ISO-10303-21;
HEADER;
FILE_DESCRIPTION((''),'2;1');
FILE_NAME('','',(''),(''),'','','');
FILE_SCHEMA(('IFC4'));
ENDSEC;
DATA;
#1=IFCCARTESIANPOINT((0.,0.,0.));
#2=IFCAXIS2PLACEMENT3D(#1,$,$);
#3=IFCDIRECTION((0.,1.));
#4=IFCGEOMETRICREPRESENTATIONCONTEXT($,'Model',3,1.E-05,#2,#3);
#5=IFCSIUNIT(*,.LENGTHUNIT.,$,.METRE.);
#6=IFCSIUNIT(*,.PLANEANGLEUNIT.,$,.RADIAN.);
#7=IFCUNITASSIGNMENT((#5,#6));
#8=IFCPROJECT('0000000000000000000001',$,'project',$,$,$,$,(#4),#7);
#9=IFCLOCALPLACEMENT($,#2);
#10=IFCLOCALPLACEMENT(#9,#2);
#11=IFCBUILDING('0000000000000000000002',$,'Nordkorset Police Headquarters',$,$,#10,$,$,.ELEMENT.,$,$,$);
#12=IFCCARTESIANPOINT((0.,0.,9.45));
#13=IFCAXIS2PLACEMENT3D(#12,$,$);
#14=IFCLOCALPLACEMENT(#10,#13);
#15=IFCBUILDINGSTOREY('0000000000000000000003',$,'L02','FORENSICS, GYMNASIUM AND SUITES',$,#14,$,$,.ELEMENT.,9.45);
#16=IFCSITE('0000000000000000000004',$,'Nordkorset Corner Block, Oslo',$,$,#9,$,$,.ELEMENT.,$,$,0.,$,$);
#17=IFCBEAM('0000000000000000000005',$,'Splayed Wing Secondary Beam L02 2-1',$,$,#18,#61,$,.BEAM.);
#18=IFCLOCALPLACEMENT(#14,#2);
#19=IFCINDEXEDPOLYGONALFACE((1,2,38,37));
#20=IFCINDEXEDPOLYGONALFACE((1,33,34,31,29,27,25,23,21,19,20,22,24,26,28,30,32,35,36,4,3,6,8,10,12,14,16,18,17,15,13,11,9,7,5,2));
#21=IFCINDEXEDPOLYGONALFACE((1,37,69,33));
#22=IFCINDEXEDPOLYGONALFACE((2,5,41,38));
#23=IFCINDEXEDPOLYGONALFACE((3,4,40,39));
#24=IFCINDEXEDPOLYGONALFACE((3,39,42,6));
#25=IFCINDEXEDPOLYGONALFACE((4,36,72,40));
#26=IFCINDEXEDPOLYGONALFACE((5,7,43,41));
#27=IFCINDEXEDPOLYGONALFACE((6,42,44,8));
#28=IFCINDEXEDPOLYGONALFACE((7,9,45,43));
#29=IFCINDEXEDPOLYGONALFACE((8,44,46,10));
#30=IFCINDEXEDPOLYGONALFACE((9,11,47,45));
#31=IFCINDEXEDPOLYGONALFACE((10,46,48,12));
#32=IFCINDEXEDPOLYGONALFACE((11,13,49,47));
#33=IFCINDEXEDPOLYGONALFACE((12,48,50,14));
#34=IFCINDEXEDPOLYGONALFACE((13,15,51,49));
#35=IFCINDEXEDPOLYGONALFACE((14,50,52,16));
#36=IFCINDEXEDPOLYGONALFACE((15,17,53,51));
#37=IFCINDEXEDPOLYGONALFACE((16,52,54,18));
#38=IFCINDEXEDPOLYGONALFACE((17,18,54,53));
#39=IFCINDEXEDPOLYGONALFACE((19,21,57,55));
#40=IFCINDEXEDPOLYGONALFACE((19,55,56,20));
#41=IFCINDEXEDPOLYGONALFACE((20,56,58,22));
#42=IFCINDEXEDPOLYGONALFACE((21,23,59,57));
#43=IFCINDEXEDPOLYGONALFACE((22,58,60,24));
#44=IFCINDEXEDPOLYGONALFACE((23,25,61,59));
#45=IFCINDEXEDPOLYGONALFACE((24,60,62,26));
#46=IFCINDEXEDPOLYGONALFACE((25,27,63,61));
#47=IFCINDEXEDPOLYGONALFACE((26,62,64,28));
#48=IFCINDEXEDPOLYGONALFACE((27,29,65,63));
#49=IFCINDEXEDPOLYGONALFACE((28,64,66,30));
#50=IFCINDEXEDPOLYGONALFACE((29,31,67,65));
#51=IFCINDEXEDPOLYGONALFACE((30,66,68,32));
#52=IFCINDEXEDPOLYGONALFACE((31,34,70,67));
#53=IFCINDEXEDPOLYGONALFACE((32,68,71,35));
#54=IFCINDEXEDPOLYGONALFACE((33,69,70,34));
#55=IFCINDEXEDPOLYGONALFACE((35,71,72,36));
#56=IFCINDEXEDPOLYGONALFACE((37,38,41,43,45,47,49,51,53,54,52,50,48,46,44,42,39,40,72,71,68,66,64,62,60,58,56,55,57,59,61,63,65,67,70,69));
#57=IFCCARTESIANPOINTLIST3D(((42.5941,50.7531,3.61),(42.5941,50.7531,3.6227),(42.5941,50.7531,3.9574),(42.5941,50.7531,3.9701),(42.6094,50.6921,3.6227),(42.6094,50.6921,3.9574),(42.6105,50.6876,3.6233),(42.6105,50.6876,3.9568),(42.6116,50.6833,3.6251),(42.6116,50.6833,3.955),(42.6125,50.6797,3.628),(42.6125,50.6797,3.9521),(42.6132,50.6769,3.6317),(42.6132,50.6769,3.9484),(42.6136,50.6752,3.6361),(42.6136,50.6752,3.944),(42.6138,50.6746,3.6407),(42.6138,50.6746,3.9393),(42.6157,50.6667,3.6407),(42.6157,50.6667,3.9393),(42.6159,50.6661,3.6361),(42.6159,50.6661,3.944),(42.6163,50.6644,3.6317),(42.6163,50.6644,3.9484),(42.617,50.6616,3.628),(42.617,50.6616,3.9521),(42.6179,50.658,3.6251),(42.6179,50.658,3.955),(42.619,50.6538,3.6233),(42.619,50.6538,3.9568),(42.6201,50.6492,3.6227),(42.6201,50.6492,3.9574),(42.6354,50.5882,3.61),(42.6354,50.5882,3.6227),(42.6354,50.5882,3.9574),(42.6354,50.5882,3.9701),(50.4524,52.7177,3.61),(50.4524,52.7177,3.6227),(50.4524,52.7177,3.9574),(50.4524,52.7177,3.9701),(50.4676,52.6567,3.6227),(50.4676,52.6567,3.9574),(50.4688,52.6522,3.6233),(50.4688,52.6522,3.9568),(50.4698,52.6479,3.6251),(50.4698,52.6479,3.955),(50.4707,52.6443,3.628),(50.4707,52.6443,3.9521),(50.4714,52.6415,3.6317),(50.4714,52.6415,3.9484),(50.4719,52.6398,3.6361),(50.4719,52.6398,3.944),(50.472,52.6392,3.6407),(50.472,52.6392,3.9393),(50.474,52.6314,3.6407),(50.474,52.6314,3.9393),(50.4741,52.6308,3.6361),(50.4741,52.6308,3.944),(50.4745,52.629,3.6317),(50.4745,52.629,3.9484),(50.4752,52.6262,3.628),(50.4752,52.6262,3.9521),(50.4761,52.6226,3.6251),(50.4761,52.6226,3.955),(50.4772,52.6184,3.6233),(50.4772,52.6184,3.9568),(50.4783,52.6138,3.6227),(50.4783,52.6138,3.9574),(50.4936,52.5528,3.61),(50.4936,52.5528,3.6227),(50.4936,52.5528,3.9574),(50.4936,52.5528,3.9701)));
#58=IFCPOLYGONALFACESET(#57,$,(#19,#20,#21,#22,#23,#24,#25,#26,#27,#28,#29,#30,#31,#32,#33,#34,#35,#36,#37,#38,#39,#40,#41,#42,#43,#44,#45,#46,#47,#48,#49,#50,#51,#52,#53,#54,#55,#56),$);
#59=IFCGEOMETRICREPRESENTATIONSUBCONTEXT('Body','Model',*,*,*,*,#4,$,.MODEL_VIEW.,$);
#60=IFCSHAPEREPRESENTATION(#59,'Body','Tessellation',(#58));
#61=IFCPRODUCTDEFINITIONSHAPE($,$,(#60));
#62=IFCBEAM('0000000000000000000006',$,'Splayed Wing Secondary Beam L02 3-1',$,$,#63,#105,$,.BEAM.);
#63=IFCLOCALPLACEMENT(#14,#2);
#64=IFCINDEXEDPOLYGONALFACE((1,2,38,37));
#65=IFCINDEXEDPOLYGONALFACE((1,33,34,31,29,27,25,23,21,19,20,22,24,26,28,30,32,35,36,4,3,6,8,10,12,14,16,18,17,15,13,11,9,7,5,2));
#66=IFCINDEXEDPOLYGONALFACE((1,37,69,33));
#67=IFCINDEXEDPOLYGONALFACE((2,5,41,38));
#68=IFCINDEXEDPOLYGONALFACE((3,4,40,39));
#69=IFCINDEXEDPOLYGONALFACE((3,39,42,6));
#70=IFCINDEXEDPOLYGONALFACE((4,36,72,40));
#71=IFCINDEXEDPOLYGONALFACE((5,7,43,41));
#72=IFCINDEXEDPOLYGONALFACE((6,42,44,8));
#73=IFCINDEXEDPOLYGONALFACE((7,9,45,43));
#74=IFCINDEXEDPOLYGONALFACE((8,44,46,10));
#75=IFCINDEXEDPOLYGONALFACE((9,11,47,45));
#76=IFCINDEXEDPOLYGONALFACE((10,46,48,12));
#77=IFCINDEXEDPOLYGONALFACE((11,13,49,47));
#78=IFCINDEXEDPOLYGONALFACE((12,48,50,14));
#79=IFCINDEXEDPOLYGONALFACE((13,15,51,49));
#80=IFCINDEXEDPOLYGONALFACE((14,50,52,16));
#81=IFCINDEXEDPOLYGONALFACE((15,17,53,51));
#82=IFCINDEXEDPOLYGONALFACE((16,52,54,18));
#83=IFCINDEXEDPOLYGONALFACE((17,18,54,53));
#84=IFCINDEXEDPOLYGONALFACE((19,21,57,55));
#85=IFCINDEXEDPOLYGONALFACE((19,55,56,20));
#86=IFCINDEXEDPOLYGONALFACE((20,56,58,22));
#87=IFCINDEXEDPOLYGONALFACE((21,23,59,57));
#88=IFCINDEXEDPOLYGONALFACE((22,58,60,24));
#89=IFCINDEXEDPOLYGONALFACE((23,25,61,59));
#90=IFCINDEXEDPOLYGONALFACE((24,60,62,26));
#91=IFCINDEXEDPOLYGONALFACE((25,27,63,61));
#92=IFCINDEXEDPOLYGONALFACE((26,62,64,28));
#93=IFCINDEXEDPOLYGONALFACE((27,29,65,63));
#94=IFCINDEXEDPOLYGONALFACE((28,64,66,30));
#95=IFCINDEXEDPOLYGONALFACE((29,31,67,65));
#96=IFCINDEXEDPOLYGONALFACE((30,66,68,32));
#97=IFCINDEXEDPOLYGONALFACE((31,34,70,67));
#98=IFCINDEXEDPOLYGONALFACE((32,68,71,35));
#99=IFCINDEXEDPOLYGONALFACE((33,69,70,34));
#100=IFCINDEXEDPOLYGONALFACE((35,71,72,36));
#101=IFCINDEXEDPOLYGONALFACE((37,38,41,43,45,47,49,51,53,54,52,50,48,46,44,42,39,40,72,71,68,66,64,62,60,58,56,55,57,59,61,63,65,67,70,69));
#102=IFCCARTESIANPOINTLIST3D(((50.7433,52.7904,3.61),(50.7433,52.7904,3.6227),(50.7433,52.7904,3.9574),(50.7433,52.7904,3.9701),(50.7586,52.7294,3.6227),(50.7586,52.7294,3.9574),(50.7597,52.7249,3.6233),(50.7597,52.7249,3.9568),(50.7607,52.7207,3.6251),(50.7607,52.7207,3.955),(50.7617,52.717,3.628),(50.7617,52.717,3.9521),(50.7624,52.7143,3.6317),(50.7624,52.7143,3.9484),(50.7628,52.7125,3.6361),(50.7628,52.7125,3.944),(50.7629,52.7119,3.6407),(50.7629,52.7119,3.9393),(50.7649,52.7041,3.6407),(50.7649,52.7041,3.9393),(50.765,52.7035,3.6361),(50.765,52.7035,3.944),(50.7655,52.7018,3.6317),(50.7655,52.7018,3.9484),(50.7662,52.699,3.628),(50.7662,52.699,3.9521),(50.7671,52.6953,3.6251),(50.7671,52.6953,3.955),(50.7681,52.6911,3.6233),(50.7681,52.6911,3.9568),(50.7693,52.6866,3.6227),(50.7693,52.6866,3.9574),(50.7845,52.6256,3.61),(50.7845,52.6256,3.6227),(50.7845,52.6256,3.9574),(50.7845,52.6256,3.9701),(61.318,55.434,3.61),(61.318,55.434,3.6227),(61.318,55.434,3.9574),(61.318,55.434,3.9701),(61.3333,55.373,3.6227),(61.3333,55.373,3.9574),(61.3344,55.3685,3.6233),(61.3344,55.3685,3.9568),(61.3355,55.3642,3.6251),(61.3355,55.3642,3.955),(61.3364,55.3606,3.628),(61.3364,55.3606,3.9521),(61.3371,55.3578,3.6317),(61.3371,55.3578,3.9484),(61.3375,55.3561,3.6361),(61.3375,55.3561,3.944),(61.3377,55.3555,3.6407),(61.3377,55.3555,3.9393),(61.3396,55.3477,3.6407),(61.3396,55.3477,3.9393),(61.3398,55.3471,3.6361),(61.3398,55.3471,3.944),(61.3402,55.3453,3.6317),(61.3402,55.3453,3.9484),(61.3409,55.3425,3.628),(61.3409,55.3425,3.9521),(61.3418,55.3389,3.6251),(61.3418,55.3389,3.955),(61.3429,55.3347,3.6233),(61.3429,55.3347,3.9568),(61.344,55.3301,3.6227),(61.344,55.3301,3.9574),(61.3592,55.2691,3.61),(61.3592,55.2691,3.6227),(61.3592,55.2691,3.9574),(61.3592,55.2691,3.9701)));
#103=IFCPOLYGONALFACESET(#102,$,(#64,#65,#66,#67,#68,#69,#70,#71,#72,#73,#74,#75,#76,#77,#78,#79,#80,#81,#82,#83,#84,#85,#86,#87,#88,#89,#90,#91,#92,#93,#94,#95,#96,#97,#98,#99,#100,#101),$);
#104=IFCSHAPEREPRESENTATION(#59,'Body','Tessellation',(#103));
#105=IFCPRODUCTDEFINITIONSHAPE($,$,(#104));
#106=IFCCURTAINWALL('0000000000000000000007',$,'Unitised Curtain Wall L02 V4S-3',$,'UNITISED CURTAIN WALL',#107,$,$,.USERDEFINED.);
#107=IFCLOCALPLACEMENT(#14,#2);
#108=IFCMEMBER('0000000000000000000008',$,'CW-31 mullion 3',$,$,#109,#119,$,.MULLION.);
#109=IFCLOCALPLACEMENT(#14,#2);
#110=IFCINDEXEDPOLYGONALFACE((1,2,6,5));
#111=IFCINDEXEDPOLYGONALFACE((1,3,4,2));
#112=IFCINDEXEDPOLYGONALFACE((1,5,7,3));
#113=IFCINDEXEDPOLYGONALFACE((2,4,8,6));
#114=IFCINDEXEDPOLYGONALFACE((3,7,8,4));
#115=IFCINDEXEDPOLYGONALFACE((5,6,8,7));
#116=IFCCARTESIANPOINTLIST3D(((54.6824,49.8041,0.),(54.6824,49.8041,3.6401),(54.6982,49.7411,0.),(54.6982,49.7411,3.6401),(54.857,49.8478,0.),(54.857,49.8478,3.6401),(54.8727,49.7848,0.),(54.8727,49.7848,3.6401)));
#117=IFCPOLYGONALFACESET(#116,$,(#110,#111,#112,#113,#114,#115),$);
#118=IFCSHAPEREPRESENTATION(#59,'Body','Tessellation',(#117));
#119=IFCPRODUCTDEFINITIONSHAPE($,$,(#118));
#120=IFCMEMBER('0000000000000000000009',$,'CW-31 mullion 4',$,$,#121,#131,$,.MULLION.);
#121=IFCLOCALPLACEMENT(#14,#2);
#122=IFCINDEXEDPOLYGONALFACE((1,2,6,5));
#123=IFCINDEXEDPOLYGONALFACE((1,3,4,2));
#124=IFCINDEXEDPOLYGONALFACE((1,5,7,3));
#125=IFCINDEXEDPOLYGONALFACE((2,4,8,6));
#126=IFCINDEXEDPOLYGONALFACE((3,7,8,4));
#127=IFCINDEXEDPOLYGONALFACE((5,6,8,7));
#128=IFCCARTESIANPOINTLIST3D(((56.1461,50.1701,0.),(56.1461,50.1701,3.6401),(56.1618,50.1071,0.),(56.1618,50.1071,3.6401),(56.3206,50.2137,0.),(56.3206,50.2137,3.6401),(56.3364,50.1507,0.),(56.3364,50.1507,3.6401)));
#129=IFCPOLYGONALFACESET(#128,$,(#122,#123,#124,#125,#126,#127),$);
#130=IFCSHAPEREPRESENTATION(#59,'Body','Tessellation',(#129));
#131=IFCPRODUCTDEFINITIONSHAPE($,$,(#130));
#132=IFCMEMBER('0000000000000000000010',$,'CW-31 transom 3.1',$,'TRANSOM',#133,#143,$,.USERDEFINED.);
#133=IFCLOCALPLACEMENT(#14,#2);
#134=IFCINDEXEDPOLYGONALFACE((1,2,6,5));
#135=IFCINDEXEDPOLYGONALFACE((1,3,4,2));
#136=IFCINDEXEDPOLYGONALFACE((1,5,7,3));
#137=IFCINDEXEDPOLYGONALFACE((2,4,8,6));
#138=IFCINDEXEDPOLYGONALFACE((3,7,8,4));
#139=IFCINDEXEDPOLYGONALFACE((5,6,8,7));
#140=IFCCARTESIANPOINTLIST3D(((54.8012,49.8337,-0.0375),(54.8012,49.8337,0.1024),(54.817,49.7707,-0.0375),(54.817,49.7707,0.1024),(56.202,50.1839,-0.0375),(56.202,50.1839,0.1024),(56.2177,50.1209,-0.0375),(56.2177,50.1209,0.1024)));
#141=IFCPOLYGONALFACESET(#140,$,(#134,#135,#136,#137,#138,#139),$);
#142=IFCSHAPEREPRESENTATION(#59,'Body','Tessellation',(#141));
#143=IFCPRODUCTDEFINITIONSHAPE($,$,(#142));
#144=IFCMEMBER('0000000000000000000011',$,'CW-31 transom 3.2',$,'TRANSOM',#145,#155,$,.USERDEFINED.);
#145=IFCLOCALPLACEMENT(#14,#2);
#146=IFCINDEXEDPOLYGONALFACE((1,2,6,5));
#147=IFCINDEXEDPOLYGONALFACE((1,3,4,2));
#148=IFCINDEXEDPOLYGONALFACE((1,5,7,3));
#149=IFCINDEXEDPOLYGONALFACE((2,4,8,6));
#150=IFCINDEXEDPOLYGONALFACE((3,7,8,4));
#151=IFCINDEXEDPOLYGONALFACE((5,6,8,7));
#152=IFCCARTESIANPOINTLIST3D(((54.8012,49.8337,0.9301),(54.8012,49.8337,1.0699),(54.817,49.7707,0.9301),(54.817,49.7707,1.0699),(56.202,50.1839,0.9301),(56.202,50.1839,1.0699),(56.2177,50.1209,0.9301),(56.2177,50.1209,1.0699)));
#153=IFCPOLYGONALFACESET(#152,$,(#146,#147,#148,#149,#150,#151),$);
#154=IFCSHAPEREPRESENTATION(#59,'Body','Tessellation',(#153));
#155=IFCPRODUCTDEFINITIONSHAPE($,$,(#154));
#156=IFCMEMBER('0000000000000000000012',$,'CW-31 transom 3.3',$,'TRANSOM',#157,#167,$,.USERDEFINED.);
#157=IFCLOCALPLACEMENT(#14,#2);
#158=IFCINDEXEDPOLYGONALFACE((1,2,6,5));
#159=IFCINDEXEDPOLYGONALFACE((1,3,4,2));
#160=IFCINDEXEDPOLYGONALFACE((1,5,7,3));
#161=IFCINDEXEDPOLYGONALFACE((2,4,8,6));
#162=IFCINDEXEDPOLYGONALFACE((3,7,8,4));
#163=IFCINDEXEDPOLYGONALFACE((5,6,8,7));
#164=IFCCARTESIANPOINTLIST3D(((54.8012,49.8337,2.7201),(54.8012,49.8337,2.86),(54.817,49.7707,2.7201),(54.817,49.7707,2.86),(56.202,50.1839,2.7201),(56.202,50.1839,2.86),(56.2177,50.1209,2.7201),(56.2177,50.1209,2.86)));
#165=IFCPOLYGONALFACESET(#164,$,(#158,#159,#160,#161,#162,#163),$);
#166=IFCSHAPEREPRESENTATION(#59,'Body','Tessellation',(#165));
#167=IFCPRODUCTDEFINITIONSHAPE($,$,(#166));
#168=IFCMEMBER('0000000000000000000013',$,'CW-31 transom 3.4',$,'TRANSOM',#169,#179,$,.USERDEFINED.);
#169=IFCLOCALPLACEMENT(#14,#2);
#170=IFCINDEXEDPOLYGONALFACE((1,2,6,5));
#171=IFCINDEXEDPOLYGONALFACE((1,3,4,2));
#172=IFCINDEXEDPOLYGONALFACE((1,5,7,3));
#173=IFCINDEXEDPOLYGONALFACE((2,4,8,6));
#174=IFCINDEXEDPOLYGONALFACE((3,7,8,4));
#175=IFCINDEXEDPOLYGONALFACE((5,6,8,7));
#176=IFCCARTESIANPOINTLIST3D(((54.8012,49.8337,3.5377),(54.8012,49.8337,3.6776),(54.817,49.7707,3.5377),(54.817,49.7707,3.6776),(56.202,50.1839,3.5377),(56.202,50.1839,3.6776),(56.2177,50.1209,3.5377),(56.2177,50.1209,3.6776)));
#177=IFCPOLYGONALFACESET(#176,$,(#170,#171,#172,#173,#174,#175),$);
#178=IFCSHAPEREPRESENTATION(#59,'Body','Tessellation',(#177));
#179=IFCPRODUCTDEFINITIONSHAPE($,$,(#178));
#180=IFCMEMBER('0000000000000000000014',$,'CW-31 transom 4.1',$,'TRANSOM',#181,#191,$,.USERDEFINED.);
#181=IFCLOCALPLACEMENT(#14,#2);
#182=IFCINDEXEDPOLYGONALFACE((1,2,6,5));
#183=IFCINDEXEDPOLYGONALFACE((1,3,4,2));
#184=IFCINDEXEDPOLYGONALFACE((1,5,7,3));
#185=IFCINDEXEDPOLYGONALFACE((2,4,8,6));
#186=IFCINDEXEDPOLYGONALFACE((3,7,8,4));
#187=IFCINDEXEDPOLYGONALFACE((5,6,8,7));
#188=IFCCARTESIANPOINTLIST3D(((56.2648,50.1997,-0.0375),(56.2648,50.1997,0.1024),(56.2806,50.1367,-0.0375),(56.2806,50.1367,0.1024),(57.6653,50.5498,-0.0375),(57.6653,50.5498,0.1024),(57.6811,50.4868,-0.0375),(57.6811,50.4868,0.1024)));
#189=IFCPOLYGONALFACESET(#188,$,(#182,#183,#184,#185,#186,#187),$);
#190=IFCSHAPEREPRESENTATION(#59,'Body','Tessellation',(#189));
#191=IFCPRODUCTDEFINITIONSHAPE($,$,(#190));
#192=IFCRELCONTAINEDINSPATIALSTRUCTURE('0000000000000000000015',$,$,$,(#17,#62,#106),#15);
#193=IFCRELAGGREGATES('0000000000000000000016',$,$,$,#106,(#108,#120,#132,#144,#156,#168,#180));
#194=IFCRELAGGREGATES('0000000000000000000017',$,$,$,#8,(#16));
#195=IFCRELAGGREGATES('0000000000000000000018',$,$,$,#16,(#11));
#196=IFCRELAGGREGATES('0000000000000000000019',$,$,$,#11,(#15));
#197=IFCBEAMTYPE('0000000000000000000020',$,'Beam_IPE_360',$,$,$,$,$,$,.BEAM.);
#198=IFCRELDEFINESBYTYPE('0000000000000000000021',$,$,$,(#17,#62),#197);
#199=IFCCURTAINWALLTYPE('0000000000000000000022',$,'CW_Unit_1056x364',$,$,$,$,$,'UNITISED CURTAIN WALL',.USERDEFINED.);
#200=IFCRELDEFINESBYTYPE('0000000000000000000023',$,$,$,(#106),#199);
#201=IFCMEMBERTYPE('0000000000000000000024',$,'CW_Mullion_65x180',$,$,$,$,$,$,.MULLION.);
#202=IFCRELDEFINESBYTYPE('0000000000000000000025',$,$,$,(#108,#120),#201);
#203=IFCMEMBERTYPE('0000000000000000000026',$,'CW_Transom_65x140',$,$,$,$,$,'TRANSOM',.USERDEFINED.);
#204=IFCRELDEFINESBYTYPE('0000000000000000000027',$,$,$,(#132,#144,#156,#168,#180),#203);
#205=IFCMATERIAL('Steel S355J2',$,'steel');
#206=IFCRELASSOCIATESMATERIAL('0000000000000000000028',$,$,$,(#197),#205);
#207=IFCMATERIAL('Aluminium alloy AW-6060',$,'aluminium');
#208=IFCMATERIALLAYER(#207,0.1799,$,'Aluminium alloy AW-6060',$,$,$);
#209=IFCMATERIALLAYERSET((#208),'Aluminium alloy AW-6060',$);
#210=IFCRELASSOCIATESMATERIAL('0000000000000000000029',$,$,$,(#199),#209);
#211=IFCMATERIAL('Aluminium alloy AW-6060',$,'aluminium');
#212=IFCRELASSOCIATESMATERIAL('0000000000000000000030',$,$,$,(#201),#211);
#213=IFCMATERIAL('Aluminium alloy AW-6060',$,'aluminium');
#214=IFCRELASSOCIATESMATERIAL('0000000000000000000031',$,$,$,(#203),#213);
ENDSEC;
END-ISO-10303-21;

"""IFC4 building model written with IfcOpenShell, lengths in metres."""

from ifc_helpers import new_model, si_unit, direction, frame, origin, origin_2d, place, context, subcontext, project, spatial, rectangle, i_section, extrude, material, layer, layer_set, material_profile, profile_set, type_object, element, aggregate, save


model = new_model("IFC4")

# Units and contexts
model_context = context("Model", 3, precision=1e-05, world=origin(), true_north=direction((0.0, 1.0)))
body_context = subcontext(model_context, "Body", "Model", "MODEL_VIEW")
ifc_project = project(units=[si_unit("LENGTHUNIT", "METRE"), si_unit("PLANEANGLEUNIT", "RADIAN")], contexts=[model_context])

# Site, building, storey
site_placement = place(None, origin())
site = spatial("IfcSite", under=ifc_project, at=site_placement, Name="Nordkorset Corner Block, Oslo", CompositionType="ELEMENT", RefElevation=0.0)
building_placement = place(site_placement, origin())
building = spatial("IfcBuilding", under=site, at=building_placement, Name="Nordkorset Police Headquarters", CompositionType="ELEMENT")
storey_placement = place(building_placement, frame((0.0, 0.0, 9.45)))
storey = spatial("IfcBuildingStorey", under=building, at=storey_placement, Name="L02", Description="FORENSICS, GYMNASIUM AND SUITES", CompositionType="ELEMENT", Elevation=9.45)

# Beams
ifc_material_1 = material(Name="Steel S355J2", Category="steel")
ifc_material_profile_1 = material_profile(ifc_material_1, i_section(OverallWidth=0.1699, OverallDepth=0.3601, WebThickness=0.0081, FlangeThickness=0.0127, FilletRadius=0.0181, at=origin_2d()), Name="IPE 360")
ifc_profile_set_1 = profile_set([ifc_material_profile_1], Name="Steel S355J2")
beam_type = type_object("IfcBeamType", Name="Beam_IPE_360", PredefinedType="BEAM", material=ifc_profile_set_1)
beam_1_placement = place(storey_placement, frame((42.6147, 50.6707, 3.79), z_axis=(0.970141, 0.242543, 0.0), x_axis=(-0.242543, 0.970141, 0.0)))
element("IfcBeam", 1, at=beam_1_placement, inside=storey, type_object=beam_type, Name="Splayed Wing Secondary Beam L02 2-1", PredefinedType="BEAM", context=body_context, shape_type="SweptSolid", body=[
    extrude(i_section(OverallWidth=0.1699, OverallDepth=0.3601, WebThickness=0.0081, FlangeThickness=0.0127, FilletRadius=0.0181, at=origin_2d()), origin(), (0.0, 0.0, 1.0), 8.1001),
])
beam_2_placement = place(storey_placement, frame((50.7639, 52.708, 3.79), z_axis=(0.970145, 0.242525, 0.0), x_axis=(-0.242525, 0.970145, 0.0)))
element("IfcBeam", 2, at=beam_2_placement, inside=storey, type_object=beam_type, Name="Splayed Wing Secondary Beam L02 3-1", PredefinedType="BEAM", context=body_context, shape_type="SweptSolid", body=[
    extrude(i_section(OverallWidth=0.1699, OverallDepth=0.3601, WebThickness=0.0081, FlangeThickness=0.0127, FilletRadius=0.0181, at=origin_2d()), origin(), (0.0, 0.0, 1.0), 10.9001),
])

# Curtain wall, members
ifc_material_2 = material(Name="Aluminium alloy AW-6060", Category="aluminium")
ifc_layer_1 = layer(ifc_material_2, 0.1799, Name="Aluminium alloy AW-6060")
ifc_layer_set_1 = layer_set([ifc_layer_1], Name="Aluminium alloy AW-6060")
curtain_wall_type = type_object("IfcCurtainWallType", Name="CW_Unit_1056x364", ElementType="UNITISED CURTAIN WALL", PredefinedType="USERDEFINED", material=ifc_layer_set_1)
curtain_wall_placement = place(storey_placement, origin())
curtain_wall = element("IfcCurtainWall", 3, at=curtain_wall_placement, inside=storey, type_object=curtain_wall_type, Name="Unitised Curtain Wall L02 V4S-3", ObjectType="UNITISED CURTAIN WALL", PredefinedType="USERDEFINED")
ifc_material_3 = material(Name="Aluminium alloy AW-6060", Category="aluminium")
ifc_material_profile_2 = material_profile(ifc_material_3, rectangle(XDim=0.0649, YDim=0.1799, at=origin_2d()), Name="ALU MULL 65x180")
ifc_profile_set_2 = profile_set([ifc_material_profile_2], Name="Aluminium alloy AW-6060")
member_type_1 = type_object("IfcMemberType", Name="CW_Mullion_65x180", PredefinedType="MULLION", material=ifc_profile_set_2)
member_1_placement = place(storey_placement, frame((54.7776, 49.7944, 0.0), z_axis=(0.0, 0.0, 1.0), x_axis=(-0.242535, 0.970143, 0.0)))
member_1 = element("IfcMember", 4, at=member_1_placement, type_object=member_type_1, Name="CW-31 mullion 3", PredefinedType="MULLION", context=body_context, shape_type="SweptSolid", body=[
    extrude(rectangle(XDim=0.0649, YDim=0.1799, at=origin_2d()), origin(), (0.0, 0.0, 1.0), 3.6401),
])
member_2_placement = place(storey_placement, frame((56.2412, 50.1604, 0.0), z_axis=(0.0, 0.0, 1.0), x_axis=(-0.242535, 0.970143, 0.0)))
member_2 = element("IfcMember", 5, at=member_2_placement, type_object=member_type_1, Name="CW-31 mullion 4", PredefinedType="MULLION", context=body_context, shape_type="SweptSolid", body=[
    extrude(rectangle(XDim=0.0649, YDim=0.1799, at=origin_2d()), origin(), (0.0, 0.0, 1.0), 3.6401),
])
ifc_material_4 = material(Name="Aluminium alloy AW-6060", Category="aluminium")
ifc_material_profile_3 = material_profile(ifc_material_4, rectangle(XDim=0.0649, YDim=0.1399, at=origin_2d()), Name="ALU TRAN 65x140")
ifc_profile_set_3 = profile_set([ifc_material_profile_3], Name="Aluminium alloy AW-6060")
member_type_2 = type_object("IfcMemberType", Name="CW_Transom_65x140", ElementType="TRANSOM", PredefinedType="USERDEFINED", material=ifc_profile_set_3)
member_3_placement = place(storey_placement, frame((54.8091, 49.8022, 0.0325), z_axis=(0.970152, 0.242496, 0.0), x_axis=(-0.242496, 0.970152, 0.0)))
member_3 = element("IfcMember", 6, at=member_3_placement, type_object=member_type_2, Name="CW-31 transom 3.1", ObjectType="TRANSOM", PredefinedType="USERDEFINED", context=body_context, shape_type="SweptSolid", body=[
    extrude(rectangle(XDim=0.0649, YDim=0.1399, at=origin_2d()), origin(), (0.0, 0.0, 1.0), 1.4438),
])
member_4_placement = place(storey_placement, frame((54.8091, 49.8022, 1.0), z_axis=(0.970152, 0.242496, 0.0), x_axis=(-0.242496, 0.970152, 0.0)))
member_4 = element("IfcMember", 7, at=member_4_placement, type_object=member_type_2, Name="CW-31 transom 3.2", ObjectType="TRANSOM", PredefinedType="USERDEFINED", context=body_context, shape_type="SweptSolid", body=[
    extrude(rectangle(XDim=0.0649, YDim=0.1399, at=origin_2d()), origin(), (0.0, 0.0, 1.0), 1.4438),
])
member_5_placement = place(storey_placement, frame((54.8091, 49.8022, 2.79), z_axis=(0.970152, 0.242496, 0.0), x_axis=(-0.242496, 0.970152, 0.0)))
member_5 = element("IfcMember", 8, at=member_5_placement, type_object=member_type_2, Name="CW-31 transom 3.3", ObjectType="TRANSOM", PredefinedType="USERDEFINED", context=body_context, shape_type="SweptSolid", body=[
    extrude(rectangle(XDim=0.0649, YDim=0.1399, at=origin_2d()), origin(), (0.0, 0.0, 1.0), 1.4438),
])
member_6_placement = place(storey_placement, frame((54.8091, 49.8022, 3.6077), z_axis=(0.970152, 0.242496, 0.0), x_axis=(-0.242496, 0.970152, 0.0)))
member_6 = element("IfcMember", 9, at=member_6_placement, type_object=member_type_2, Name="CW-31 transom 3.4", ObjectType="TRANSOM", PredefinedType="USERDEFINED", context=body_context, shape_type="SweptSolid", body=[
    extrude(rectangle(XDim=0.0649, YDim=0.1399, at=origin_2d()), origin(), (0.0, 0.0, 1.0), 1.4438),
])
member_7_placement = place(storey_placement, frame((56.2727, 50.1682, 0.0325), z_axis=(0.970143, 0.242536, 0.0), x_axis=(-0.242536, 0.970143, 0.0)))
member_7 = element("IfcMember", 10, at=member_7_placement, type_object=member_type_2, Name="CW-31 transom 4.1", ObjectType="TRANSOM", PredefinedType="USERDEFINED", context=body_context, shape_type="SweptSolid", body=[
    extrude(rectangle(XDim=0.0649, YDim=0.1399, at=origin_2d()), origin(), (0.0, 0.0, 1.0), 1.4436),
])
aggregate(curtain_wall, [member_1, member_2, member_3, member_4, member_5, member_6, member_7])

save(model, "model.ifc")
